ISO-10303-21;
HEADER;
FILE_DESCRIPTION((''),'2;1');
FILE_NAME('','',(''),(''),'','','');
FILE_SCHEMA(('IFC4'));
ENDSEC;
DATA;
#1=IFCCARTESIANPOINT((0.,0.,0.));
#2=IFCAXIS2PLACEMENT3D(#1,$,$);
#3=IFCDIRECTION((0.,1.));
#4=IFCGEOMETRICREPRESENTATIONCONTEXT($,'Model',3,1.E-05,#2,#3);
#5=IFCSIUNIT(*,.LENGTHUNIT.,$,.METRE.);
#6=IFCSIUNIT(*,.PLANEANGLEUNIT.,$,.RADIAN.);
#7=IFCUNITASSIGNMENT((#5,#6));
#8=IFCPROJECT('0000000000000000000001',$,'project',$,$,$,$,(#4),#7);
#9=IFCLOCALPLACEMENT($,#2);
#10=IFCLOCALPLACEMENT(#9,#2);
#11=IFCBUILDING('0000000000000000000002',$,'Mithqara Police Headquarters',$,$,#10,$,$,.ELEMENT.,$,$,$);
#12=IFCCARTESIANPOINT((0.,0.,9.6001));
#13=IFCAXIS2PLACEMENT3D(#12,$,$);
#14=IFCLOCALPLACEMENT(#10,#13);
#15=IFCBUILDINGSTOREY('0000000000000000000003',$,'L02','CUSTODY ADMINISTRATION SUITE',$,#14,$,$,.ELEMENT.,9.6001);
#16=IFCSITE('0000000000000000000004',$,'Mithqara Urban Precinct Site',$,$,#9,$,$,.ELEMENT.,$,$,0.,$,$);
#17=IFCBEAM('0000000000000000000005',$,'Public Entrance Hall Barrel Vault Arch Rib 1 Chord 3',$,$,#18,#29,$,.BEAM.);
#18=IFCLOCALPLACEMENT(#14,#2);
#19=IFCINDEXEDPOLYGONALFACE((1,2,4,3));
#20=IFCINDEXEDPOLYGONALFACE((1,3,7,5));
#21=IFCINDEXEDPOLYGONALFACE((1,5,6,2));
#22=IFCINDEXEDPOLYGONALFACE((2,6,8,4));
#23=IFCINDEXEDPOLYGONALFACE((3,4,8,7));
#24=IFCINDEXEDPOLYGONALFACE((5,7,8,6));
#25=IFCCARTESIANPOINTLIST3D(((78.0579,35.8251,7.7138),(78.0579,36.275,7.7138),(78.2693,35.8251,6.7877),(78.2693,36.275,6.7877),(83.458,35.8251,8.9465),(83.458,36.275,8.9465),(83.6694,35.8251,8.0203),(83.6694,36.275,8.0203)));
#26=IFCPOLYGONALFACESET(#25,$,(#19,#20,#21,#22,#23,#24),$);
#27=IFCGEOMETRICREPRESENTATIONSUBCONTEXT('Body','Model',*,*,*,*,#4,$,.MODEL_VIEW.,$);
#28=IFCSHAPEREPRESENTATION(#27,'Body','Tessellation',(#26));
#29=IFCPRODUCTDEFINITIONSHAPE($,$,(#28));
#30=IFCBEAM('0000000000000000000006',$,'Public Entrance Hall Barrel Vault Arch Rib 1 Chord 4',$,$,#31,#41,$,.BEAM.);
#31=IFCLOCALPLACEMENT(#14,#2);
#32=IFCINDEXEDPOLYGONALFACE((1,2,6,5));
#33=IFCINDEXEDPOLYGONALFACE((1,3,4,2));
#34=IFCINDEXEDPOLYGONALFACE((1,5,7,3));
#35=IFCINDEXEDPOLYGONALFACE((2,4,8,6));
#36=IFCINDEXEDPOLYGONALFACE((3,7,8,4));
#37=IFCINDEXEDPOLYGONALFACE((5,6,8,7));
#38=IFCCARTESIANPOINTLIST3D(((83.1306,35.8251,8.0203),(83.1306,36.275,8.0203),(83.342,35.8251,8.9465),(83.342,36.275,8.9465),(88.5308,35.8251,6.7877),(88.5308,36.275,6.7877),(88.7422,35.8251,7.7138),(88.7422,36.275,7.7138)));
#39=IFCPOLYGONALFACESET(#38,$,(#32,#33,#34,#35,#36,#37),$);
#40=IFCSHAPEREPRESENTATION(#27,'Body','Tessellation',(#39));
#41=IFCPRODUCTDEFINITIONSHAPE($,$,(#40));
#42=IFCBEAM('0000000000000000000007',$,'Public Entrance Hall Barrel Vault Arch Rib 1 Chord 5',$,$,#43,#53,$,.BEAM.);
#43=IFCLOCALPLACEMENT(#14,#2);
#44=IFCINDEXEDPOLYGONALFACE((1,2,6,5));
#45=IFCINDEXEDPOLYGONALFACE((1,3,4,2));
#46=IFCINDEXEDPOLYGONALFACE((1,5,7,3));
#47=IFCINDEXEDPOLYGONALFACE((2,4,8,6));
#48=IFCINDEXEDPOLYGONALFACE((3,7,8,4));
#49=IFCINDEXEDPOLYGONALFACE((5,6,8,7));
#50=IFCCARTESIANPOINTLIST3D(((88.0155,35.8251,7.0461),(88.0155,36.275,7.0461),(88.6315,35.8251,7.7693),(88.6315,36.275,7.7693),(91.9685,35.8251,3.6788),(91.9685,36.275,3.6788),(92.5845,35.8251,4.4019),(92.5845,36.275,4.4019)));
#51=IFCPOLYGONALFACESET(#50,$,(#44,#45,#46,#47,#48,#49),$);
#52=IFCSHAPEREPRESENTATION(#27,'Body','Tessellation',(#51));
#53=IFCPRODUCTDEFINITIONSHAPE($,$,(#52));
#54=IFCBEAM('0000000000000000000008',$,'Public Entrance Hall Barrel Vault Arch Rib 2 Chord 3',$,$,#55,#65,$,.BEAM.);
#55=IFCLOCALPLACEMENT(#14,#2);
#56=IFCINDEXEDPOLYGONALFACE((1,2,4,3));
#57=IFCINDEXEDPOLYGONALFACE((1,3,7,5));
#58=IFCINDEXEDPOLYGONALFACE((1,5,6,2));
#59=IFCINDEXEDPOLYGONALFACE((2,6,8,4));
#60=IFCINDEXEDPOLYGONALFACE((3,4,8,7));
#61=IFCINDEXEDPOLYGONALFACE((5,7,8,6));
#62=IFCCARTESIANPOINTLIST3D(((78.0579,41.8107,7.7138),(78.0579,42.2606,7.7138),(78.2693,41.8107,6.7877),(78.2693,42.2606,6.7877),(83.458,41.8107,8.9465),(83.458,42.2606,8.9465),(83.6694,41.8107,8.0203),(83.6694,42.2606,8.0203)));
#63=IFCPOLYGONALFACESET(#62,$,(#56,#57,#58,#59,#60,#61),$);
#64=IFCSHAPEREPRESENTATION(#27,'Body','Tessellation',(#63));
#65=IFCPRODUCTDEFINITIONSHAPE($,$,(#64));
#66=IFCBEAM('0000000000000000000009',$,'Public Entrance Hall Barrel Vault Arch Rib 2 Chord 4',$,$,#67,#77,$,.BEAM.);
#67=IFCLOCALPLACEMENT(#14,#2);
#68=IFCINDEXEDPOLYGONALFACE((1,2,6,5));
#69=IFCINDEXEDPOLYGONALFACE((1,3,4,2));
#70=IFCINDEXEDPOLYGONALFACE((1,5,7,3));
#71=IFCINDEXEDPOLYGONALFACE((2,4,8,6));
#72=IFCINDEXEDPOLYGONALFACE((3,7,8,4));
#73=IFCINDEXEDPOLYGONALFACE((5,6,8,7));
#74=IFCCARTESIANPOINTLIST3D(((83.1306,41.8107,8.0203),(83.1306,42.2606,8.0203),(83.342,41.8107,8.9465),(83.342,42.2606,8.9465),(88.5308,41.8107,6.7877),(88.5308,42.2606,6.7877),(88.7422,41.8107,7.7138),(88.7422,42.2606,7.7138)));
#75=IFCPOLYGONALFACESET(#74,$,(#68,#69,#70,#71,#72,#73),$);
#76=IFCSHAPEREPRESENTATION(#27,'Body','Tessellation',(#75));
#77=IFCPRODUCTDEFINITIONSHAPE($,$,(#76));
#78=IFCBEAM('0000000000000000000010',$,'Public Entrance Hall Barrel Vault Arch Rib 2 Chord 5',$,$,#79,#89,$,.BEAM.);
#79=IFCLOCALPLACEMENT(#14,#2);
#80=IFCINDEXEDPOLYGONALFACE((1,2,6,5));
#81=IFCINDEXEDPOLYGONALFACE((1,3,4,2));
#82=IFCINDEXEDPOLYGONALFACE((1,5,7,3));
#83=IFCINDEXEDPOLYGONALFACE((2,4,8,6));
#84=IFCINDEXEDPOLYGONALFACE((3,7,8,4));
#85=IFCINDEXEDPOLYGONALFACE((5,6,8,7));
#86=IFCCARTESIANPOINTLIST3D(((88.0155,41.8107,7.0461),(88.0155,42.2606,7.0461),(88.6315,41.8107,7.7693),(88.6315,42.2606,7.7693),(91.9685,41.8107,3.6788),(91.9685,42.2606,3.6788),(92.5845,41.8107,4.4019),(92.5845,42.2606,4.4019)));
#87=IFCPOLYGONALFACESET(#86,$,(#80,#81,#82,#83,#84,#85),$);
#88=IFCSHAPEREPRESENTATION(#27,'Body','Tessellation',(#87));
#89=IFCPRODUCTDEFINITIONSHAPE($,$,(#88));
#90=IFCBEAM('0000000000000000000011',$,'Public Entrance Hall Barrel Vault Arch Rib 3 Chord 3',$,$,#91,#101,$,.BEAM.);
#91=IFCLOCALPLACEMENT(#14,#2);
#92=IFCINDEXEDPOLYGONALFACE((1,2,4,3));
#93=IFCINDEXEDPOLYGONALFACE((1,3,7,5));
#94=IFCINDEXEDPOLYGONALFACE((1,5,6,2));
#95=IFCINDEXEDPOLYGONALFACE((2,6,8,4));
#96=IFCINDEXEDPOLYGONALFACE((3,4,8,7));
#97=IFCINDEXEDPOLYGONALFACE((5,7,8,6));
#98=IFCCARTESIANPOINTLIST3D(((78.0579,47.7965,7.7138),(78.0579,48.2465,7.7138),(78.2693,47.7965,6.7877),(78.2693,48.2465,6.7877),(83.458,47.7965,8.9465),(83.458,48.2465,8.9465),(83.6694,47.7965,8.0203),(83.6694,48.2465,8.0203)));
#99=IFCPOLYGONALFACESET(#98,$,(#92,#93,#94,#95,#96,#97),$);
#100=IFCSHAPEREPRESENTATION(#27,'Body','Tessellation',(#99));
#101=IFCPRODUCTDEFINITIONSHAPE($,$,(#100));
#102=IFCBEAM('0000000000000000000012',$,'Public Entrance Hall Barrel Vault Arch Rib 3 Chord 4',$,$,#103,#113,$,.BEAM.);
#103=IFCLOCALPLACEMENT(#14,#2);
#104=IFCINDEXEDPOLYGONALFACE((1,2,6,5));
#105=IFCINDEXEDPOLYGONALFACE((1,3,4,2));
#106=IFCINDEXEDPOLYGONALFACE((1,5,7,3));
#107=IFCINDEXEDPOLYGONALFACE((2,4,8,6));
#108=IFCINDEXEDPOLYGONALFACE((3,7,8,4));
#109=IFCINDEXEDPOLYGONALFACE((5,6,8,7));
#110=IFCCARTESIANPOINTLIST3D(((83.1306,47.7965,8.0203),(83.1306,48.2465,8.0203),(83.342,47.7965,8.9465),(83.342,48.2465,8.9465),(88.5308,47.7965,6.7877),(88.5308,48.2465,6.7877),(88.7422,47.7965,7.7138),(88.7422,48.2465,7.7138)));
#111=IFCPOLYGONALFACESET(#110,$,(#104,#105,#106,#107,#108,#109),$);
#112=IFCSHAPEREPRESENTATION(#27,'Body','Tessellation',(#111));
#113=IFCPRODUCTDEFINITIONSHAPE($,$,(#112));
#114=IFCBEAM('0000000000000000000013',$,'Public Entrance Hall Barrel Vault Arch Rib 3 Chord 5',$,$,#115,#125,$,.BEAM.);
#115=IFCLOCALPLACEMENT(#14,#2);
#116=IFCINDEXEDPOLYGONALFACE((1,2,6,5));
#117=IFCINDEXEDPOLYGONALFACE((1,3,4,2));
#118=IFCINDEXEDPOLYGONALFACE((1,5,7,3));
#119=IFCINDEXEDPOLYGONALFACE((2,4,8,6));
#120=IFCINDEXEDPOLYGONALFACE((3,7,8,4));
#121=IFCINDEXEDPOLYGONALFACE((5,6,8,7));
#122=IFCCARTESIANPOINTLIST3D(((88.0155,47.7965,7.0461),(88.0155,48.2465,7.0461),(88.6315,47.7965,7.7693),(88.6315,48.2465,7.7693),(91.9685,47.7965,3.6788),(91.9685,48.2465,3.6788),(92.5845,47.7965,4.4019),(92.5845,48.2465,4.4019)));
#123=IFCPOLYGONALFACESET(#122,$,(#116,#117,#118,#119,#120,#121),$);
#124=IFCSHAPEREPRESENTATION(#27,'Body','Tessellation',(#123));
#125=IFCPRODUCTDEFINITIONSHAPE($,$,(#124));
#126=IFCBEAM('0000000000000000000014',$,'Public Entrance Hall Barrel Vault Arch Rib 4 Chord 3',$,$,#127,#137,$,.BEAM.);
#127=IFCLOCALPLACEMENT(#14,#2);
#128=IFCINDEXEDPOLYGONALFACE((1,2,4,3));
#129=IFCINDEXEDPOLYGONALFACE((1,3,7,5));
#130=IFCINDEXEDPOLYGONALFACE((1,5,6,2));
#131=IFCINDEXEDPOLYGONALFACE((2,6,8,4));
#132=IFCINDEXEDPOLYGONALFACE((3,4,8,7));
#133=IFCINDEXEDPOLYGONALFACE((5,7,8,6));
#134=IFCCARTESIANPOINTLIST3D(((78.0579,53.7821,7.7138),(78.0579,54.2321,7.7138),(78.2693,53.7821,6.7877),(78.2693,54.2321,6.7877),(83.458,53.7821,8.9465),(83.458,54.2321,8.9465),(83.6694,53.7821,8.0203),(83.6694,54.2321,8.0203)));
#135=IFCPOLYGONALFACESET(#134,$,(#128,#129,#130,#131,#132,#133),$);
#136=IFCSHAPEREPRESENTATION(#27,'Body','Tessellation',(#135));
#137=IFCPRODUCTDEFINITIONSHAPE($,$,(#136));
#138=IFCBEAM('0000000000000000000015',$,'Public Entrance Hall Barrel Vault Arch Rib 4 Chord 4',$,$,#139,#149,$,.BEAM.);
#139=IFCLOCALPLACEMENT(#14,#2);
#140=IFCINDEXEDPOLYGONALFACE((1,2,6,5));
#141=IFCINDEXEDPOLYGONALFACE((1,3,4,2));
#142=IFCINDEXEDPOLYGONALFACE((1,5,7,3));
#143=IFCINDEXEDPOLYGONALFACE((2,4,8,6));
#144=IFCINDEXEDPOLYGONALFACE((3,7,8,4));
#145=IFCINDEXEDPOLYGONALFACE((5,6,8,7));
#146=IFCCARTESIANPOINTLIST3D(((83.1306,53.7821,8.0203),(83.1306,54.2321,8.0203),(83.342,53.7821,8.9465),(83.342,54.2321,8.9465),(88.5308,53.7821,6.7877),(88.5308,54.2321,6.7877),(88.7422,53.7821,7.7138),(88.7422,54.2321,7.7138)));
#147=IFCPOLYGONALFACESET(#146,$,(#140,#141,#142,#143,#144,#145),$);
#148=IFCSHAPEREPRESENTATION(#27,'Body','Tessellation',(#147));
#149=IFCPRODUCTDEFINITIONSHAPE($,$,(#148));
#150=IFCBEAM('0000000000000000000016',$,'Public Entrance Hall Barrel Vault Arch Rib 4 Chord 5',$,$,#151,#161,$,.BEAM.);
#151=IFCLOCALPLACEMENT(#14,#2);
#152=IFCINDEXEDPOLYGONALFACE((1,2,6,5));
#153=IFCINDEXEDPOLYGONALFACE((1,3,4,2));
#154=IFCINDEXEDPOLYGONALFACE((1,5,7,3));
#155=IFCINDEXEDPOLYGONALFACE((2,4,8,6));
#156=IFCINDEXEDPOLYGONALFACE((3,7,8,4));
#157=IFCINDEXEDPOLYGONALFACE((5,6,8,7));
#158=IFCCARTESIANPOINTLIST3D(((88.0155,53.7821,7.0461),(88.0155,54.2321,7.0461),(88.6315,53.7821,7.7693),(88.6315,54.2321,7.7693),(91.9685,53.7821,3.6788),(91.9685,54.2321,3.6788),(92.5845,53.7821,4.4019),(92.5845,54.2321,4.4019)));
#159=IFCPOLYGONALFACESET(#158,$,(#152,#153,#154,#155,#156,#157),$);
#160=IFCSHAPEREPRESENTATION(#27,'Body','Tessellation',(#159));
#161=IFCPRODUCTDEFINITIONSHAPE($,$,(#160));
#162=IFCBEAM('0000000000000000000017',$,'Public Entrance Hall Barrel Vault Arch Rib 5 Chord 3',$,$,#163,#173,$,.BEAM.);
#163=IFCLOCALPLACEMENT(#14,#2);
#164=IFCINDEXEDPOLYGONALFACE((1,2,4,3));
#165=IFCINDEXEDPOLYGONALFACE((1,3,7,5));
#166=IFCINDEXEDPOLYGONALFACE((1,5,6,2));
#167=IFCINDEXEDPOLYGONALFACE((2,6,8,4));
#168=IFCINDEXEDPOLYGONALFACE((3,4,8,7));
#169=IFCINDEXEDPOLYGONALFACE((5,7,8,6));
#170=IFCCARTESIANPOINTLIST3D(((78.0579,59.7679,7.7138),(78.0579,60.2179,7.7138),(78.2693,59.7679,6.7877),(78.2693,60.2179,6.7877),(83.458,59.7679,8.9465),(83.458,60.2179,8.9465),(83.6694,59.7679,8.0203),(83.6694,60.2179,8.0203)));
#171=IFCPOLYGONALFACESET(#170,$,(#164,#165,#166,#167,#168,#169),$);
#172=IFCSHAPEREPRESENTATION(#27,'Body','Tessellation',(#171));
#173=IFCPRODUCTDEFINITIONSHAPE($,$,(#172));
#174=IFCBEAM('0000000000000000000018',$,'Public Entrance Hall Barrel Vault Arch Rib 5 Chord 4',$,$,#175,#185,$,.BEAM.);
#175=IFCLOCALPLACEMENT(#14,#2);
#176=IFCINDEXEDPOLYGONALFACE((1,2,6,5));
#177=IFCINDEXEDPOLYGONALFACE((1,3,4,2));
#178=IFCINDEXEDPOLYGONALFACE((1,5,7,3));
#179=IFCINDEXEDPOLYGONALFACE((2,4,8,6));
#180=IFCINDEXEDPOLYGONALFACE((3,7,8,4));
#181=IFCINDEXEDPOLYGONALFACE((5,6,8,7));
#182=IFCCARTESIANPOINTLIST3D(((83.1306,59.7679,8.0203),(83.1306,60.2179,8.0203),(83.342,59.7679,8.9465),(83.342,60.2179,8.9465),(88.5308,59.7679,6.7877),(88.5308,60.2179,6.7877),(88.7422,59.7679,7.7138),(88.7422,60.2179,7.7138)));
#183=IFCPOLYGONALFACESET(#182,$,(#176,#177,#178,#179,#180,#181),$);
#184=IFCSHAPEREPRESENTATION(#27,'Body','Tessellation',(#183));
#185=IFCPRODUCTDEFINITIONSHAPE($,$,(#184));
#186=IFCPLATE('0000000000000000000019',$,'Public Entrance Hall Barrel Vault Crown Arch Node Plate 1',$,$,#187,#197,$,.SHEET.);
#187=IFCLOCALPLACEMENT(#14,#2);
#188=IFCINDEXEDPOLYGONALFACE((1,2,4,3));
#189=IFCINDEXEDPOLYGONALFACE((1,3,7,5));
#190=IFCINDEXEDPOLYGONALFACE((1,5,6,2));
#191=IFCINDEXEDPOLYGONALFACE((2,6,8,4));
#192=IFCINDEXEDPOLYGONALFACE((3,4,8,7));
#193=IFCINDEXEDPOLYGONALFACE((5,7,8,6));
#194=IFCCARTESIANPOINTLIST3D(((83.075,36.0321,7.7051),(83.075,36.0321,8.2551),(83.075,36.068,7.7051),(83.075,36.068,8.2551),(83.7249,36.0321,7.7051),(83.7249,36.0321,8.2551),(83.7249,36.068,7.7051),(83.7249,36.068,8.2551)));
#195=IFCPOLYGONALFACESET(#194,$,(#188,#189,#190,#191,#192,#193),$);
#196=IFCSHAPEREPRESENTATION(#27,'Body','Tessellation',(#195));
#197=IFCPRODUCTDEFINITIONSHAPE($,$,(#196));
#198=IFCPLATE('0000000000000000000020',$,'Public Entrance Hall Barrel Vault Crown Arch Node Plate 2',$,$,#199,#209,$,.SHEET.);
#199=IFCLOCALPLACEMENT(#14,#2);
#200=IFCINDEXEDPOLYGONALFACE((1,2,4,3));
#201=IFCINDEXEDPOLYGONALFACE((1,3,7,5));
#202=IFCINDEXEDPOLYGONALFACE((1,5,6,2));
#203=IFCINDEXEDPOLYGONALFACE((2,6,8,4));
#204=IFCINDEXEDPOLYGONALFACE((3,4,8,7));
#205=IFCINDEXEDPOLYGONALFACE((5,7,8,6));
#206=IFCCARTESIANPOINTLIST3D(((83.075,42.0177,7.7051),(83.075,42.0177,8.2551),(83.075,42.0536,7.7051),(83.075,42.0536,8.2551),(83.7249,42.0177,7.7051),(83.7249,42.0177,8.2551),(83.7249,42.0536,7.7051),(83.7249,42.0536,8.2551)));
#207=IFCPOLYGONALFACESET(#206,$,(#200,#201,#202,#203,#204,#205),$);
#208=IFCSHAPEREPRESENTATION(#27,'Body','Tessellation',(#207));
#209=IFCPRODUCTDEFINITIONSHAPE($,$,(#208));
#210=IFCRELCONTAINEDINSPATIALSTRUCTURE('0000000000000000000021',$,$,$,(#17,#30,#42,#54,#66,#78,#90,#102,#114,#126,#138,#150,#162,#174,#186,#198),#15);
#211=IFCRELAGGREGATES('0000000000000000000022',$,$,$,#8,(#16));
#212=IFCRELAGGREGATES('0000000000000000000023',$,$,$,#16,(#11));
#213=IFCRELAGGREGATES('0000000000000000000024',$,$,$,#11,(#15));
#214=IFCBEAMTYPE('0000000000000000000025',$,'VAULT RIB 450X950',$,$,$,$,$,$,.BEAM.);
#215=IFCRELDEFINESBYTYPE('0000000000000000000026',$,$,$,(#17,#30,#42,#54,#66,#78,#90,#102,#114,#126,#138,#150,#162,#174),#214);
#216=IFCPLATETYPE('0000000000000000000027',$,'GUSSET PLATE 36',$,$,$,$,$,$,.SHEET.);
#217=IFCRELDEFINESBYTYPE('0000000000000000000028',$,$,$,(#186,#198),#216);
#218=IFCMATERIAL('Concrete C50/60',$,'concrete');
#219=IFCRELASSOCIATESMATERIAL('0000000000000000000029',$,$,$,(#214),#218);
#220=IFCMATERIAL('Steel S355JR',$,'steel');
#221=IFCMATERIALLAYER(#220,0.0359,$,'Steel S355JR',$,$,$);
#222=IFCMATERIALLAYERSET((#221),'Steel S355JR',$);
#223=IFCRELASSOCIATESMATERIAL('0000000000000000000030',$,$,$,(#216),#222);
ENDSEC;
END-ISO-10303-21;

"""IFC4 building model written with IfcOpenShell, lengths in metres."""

from ifc_helpers import new_model, si_unit, direction, frame, origin, origin_2d, place, context, subcontext, project, spatial, rectangle, extrude, material, layer, layer_set, material_profile, profile_set, type_object, element, save


model = new_model("IFC4")

# Units and contexts
model_context = context("Model", 3, precision=1e-05, world=origin(), true_north=direction((0.0, 1.0)))
body_context = subcontext(model_context, "Body", "Model", "MODEL_VIEW")
ifc_project = project(units=[si_unit("LENGTHUNIT", "METRE"), si_unit("PLANEANGLEUNIT", "RADIAN")], contexts=[model_context])

# Site, building, storey
site_placement = place(None, origin())
site = spatial("IfcSite", under=ifc_project, at=site_placement, Name="Mithqara Urban Precinct Site", CompositionType="ELEMENT", RefElevation=0.0)
building_placement = place(site_placement, origin())
building = spatial("IfcBuilding", under=site, at=building_placement, Name="Mithqara Police Headquarters", CompositionType="ELEMENT")
storey_placement = place(building_placement, frame((0.0, 0.0, 9.6001)))
storey = spatial("IfcBuildingStorey", under=building, at=storey_placement, Name="L02", Description="CUSTODY ADMINISTRATION SUITE", CompositionType="ELEMENT", Elevation=9.6001)

# Shared definitions
ifc_material_1 = material(Name="Steel S355JR", Category="steel")

# Beams
ifc_material_2 = material(Name="Concrete C50/60", Category="concrete")
ifc_material_profile_1 = material_profile(ifc_material_2, rectangle(XDim=0.45, YDim=0.95, at=origin_2d()), Name="RIB 450x950")
ifc_profile_set_1 = profile_set([ifc_material_profile_1], Name="Concrete C50/60")
beam_type = type_object("IfcBeamType", Name="VAULT RIB 450X950", PredefinedType="BEAM", material=ifc_profile_set_1)
for number, where, z_axis, x_axis, name in (
    (1, (78.1636, 36.05, 7.2507), (0.974923, 0.0, 0.222541), (0.0, 1.0, 0.0), "Public Entrance Hall Barrel Vault Arch Rib 1 Chord 3"),
    (2, (83.2363, 36.05, 8.4834), (0.974923, 0.0, -0.222541), (0.0, 1.0, 0.0), "Public Entrance Hall Barrel Vault Arch Rib 1 Chord 4"),
):
    element("IfcBeam", number, at=place(storey_placement, frame(where, z_axis=z_axis, x_axis=x_axis)), inside=storey, type_object=beam_type, Name=name, PredefinedType="BEAM", context=body_context, shape_type="SweptSolid", body=[
        extrude(rectangle(XDim=0.45, YDim=0.95, at=origin_2d()), origin(), (0.0, 0.0, 1.0), 5.5391),
    ])
beam_1_placement = place(storey_placement, frame((88.3235, 36.05, 7.4077), z_axis=(0.761248, 0.0, -0.648461), x_axis=(0.0, 1.0, 0.0)))
element("IfcBeam", 3, at=beam_1_placement, inside=storey, type_object=beam_type, Name="Public Entrance Hall Barrel Vault Arch Rib 1 Chord 5", PredefinedType="BEAM", context=body_context, shape_type="SweptSolid", body=[
    extrude(rectangle(XDim=0.45, YDim=0.95, at=origin_2d()), origin(), (0.0, 0.0, 1.0), 5.1929),
])
for number, where, z_axis, x_axis, name in (
    (4, (78.1636, 42.0356, 7.2507), (0.974923, 0.0, 0.222541), (0.0, 1.0, 0.0), "Public Entrance Hall Barrel Vault Arch Rib 2 Chord 3"),
    (5, (83.2363, 42.0356, 8.4834), (0.974923, 0.0, -0.222541), (0.0, 1.0, 0.0), "Public Entrance Hall Barrel Vault Arch Rib 2 Chord 4"),
):
    element("IfcBeam", number, at=place(storey_placement, frame(where, z_axis=z_axis, x_axis=x_axis)), inside=storey, type_object=beam_type, Name=name, PredefinedType="BEAM", context=body_context, shape_type="SweptSolid", body=[
        extrude(rectangle(XDim=0.45, YDim=0.95, at=origin_2d()), origin(), (0.0, 0.0, 1.0), 5.5391),
    ])
beam_2_placement = place(storey_placement, frame((88.3235, 42.0356, 7.4077), z_axis=(0.761248, 0.0, -0.648461), x_axis=(0.0, 1.0, 0.0)))
element("IfcBeam", 6, at=beam_2_placement, inside=storey, type_object=beam_type, Name="Public Entrance Hall Barrel Vault Arch Rib 2 Chord 5", PredefinedType="BEAM", context=body_context, shape_type="SweptSolid", body=[
    extrude(rectangle(XDim=0.45, YDim=0.95, at=origin_2d()), origin(), (0.0, 0.0, 1.0), 5.1929),
])
for number, where, z_axis, x_axis, name in (
    (7, (78.1636, 48.0215, 7.2507), (0.974923, 0.0, 0.222541), (0.0, 1.0, 0.0), "Public Entrance Hall Barrel Vault Arch Rib 3 Chord 3"),
    (8, (83.2363, 48.0215, 8.4834), (0.974923, 0.0, -0.222541), (0.0, 1.0, 0.0), "Public Entrance Hall Barrel Vault Arch Rib 3 Chord 4"),
):
    element("IfcBeam", number, at=place(storey_placement, frame(where, z_axis=z_axis, x_axis=x_axis)), inside=storey, type_object=beam_type, Name=name, PredefinedType="BEAM", context=body_context, shape_type="SweptSolid", body=[
        extrude(rectangle(XDim=0.45, YDim=0.95, at=origin_2d()), origin(), (0.0, 0.0, 1.0), 5.5391),
    ])
beam_3_placement = place(storey_placement, frame((88.3235, 48.0215, 7.4077), z_axis=(0.761248, 0.0, -0.648461), x_axis=(0.0, 1.0, 0.0)))
element("IfcBeam", 9, at=beam_3_placement, inside=storey, type_object=beam_type, Name="Public Entrance Hall Barrel Vault Arch Rib 3 Chord 5", PredefinedType="BEAM", context=body_context, shape_type="SweptSolid", body=[
    extrude(rectangle(XDim=0.45, YDim=0.95, at=origin_2d()), origin(), (0.0, 0.0, 1.0), 5.1929),
])
for number, where, z_axis, x_axis, name in (
    (10, (78.1636, 54.0071, 7.2507), (0.974923, 0.0, 0.222541), (0.0, 1.0, 0.0), "Public Entrance Hall Barrel Vault Arch Rib 4 Chord 3"),
    (11, (83.2363, 54.0071, 8.4834), (0.974923, 0.0, -0.222541), (0.0, 1.0, 0.0), "Public Entrance Hall Barrel Vault Arch Rib 4 Chord 4"),
):
    element("IfcBeam", number, at=place(storey_placement, frame(where, z_axis=z_axis, x_axis=x_axis)), inside=storey, type_object=beam_type, Name=name, PredefinedType="BEAM", context=body_context, shape_type="SweptSolid", body=[
        extrude(rectangle(XDim=0.45, YDim=0.95, at=origin_2d()), origin(), (0.0, 0.0, 1.0), 5.5391),
    ])
beam_4_placement = place(storey_placement, frame((88.3235, 54.0071, 7.4077), z_axis=(0.761248, 0.0, -0.648461), x_axis=(0.0, 1.0, 0.0)))
element("IfcBeam", 12, at=beam_4_placement, inside=storey, type_object=beam_type, Name="Public Entrance Hall Barrel Vault Arch Rib 4 Chord 5", PredefinedType="BEAM", context=body_context, shape_type="SweptSolid", body=[
    extrude(rectangle(XDim=0.45, YDim=0.95, at=origin_2d()), origin(), (0.0, 0.0, 1.0), 5.1929),
])
for number, where, z_axis, x_axis, name in (
    (13, (78.1636, 59.9929, 7.2507), (0.974923, 0.0, 0.222541), (0.0, 1.0, 0.0), "Public Entrance Hall Barrel Vault Arch Rib 5 Chord 3"),
    (14, (83.2363, 59.9929, 8.4834), (0.974923, 0.0, -0.222541), (0.0, 1.0, 0.0), "Public Entrance Hall Barrel Vault Arch Rib 5 Chord 4"),
):
    element("IfcBeam", number, at=place(storey_placement, frame(where, z_axis=z_axis, x_axis=x_axis)), inside=storey, type_object=beam_type, Name=name, PredefinedType="BEAM", context=body_context, shape_type="SweptSolid", body=[
        extrude(rectangle(XDim=0.45, YDim=0.95, at=origin_2d()), origin(), (0.0, 0.0, 1.0), 5.5391),
    ])

# Plates
ifc_layer = layer(ifc_material_1, 0.0359, Name="Steel S355JR")
ifc_layer_set = layer_set([ifc_layer], Name="Steel S355JR")
plate_type = type_object("IfcPlateType", Name="GUSSET PLATE 36", PredefinedType="SHEET", material=ifc_layer_set)
for number, where, z_axis, x_axis, name in (
    (15, (83.3999, 36.05, 7.7051), (0.0, 0.0, 1.0), (1.0, 0.0, 0.0), "Public Entrance Hall Barrel Vault Crown Arch Node Plate 1"),
    (16, (83.3999, 42.0356, 7.7051), (0.0, 0.0, 1.0), (1.0, 0.0, 0.0), "Public Entrance Hall Barrel Vault Crown Arch Node Plate 2"),
):
    element("IfcPlate", number, at=place(storey_placement, frame(where, z_axis=z_axis, x_axis=x_axis)), inside=storey, type_object=plate_type, Name=name, PredefinedType="SHEET", context=body_context, shape_type="SweptSolid", body=[
        extrude(rectangle(XDim=0.6499, YDim=0.0359, at=origin_2d()), origin(), (0.0, 0.0, 1.0), 0.55),
    ])

save(model, "model.ifc")
